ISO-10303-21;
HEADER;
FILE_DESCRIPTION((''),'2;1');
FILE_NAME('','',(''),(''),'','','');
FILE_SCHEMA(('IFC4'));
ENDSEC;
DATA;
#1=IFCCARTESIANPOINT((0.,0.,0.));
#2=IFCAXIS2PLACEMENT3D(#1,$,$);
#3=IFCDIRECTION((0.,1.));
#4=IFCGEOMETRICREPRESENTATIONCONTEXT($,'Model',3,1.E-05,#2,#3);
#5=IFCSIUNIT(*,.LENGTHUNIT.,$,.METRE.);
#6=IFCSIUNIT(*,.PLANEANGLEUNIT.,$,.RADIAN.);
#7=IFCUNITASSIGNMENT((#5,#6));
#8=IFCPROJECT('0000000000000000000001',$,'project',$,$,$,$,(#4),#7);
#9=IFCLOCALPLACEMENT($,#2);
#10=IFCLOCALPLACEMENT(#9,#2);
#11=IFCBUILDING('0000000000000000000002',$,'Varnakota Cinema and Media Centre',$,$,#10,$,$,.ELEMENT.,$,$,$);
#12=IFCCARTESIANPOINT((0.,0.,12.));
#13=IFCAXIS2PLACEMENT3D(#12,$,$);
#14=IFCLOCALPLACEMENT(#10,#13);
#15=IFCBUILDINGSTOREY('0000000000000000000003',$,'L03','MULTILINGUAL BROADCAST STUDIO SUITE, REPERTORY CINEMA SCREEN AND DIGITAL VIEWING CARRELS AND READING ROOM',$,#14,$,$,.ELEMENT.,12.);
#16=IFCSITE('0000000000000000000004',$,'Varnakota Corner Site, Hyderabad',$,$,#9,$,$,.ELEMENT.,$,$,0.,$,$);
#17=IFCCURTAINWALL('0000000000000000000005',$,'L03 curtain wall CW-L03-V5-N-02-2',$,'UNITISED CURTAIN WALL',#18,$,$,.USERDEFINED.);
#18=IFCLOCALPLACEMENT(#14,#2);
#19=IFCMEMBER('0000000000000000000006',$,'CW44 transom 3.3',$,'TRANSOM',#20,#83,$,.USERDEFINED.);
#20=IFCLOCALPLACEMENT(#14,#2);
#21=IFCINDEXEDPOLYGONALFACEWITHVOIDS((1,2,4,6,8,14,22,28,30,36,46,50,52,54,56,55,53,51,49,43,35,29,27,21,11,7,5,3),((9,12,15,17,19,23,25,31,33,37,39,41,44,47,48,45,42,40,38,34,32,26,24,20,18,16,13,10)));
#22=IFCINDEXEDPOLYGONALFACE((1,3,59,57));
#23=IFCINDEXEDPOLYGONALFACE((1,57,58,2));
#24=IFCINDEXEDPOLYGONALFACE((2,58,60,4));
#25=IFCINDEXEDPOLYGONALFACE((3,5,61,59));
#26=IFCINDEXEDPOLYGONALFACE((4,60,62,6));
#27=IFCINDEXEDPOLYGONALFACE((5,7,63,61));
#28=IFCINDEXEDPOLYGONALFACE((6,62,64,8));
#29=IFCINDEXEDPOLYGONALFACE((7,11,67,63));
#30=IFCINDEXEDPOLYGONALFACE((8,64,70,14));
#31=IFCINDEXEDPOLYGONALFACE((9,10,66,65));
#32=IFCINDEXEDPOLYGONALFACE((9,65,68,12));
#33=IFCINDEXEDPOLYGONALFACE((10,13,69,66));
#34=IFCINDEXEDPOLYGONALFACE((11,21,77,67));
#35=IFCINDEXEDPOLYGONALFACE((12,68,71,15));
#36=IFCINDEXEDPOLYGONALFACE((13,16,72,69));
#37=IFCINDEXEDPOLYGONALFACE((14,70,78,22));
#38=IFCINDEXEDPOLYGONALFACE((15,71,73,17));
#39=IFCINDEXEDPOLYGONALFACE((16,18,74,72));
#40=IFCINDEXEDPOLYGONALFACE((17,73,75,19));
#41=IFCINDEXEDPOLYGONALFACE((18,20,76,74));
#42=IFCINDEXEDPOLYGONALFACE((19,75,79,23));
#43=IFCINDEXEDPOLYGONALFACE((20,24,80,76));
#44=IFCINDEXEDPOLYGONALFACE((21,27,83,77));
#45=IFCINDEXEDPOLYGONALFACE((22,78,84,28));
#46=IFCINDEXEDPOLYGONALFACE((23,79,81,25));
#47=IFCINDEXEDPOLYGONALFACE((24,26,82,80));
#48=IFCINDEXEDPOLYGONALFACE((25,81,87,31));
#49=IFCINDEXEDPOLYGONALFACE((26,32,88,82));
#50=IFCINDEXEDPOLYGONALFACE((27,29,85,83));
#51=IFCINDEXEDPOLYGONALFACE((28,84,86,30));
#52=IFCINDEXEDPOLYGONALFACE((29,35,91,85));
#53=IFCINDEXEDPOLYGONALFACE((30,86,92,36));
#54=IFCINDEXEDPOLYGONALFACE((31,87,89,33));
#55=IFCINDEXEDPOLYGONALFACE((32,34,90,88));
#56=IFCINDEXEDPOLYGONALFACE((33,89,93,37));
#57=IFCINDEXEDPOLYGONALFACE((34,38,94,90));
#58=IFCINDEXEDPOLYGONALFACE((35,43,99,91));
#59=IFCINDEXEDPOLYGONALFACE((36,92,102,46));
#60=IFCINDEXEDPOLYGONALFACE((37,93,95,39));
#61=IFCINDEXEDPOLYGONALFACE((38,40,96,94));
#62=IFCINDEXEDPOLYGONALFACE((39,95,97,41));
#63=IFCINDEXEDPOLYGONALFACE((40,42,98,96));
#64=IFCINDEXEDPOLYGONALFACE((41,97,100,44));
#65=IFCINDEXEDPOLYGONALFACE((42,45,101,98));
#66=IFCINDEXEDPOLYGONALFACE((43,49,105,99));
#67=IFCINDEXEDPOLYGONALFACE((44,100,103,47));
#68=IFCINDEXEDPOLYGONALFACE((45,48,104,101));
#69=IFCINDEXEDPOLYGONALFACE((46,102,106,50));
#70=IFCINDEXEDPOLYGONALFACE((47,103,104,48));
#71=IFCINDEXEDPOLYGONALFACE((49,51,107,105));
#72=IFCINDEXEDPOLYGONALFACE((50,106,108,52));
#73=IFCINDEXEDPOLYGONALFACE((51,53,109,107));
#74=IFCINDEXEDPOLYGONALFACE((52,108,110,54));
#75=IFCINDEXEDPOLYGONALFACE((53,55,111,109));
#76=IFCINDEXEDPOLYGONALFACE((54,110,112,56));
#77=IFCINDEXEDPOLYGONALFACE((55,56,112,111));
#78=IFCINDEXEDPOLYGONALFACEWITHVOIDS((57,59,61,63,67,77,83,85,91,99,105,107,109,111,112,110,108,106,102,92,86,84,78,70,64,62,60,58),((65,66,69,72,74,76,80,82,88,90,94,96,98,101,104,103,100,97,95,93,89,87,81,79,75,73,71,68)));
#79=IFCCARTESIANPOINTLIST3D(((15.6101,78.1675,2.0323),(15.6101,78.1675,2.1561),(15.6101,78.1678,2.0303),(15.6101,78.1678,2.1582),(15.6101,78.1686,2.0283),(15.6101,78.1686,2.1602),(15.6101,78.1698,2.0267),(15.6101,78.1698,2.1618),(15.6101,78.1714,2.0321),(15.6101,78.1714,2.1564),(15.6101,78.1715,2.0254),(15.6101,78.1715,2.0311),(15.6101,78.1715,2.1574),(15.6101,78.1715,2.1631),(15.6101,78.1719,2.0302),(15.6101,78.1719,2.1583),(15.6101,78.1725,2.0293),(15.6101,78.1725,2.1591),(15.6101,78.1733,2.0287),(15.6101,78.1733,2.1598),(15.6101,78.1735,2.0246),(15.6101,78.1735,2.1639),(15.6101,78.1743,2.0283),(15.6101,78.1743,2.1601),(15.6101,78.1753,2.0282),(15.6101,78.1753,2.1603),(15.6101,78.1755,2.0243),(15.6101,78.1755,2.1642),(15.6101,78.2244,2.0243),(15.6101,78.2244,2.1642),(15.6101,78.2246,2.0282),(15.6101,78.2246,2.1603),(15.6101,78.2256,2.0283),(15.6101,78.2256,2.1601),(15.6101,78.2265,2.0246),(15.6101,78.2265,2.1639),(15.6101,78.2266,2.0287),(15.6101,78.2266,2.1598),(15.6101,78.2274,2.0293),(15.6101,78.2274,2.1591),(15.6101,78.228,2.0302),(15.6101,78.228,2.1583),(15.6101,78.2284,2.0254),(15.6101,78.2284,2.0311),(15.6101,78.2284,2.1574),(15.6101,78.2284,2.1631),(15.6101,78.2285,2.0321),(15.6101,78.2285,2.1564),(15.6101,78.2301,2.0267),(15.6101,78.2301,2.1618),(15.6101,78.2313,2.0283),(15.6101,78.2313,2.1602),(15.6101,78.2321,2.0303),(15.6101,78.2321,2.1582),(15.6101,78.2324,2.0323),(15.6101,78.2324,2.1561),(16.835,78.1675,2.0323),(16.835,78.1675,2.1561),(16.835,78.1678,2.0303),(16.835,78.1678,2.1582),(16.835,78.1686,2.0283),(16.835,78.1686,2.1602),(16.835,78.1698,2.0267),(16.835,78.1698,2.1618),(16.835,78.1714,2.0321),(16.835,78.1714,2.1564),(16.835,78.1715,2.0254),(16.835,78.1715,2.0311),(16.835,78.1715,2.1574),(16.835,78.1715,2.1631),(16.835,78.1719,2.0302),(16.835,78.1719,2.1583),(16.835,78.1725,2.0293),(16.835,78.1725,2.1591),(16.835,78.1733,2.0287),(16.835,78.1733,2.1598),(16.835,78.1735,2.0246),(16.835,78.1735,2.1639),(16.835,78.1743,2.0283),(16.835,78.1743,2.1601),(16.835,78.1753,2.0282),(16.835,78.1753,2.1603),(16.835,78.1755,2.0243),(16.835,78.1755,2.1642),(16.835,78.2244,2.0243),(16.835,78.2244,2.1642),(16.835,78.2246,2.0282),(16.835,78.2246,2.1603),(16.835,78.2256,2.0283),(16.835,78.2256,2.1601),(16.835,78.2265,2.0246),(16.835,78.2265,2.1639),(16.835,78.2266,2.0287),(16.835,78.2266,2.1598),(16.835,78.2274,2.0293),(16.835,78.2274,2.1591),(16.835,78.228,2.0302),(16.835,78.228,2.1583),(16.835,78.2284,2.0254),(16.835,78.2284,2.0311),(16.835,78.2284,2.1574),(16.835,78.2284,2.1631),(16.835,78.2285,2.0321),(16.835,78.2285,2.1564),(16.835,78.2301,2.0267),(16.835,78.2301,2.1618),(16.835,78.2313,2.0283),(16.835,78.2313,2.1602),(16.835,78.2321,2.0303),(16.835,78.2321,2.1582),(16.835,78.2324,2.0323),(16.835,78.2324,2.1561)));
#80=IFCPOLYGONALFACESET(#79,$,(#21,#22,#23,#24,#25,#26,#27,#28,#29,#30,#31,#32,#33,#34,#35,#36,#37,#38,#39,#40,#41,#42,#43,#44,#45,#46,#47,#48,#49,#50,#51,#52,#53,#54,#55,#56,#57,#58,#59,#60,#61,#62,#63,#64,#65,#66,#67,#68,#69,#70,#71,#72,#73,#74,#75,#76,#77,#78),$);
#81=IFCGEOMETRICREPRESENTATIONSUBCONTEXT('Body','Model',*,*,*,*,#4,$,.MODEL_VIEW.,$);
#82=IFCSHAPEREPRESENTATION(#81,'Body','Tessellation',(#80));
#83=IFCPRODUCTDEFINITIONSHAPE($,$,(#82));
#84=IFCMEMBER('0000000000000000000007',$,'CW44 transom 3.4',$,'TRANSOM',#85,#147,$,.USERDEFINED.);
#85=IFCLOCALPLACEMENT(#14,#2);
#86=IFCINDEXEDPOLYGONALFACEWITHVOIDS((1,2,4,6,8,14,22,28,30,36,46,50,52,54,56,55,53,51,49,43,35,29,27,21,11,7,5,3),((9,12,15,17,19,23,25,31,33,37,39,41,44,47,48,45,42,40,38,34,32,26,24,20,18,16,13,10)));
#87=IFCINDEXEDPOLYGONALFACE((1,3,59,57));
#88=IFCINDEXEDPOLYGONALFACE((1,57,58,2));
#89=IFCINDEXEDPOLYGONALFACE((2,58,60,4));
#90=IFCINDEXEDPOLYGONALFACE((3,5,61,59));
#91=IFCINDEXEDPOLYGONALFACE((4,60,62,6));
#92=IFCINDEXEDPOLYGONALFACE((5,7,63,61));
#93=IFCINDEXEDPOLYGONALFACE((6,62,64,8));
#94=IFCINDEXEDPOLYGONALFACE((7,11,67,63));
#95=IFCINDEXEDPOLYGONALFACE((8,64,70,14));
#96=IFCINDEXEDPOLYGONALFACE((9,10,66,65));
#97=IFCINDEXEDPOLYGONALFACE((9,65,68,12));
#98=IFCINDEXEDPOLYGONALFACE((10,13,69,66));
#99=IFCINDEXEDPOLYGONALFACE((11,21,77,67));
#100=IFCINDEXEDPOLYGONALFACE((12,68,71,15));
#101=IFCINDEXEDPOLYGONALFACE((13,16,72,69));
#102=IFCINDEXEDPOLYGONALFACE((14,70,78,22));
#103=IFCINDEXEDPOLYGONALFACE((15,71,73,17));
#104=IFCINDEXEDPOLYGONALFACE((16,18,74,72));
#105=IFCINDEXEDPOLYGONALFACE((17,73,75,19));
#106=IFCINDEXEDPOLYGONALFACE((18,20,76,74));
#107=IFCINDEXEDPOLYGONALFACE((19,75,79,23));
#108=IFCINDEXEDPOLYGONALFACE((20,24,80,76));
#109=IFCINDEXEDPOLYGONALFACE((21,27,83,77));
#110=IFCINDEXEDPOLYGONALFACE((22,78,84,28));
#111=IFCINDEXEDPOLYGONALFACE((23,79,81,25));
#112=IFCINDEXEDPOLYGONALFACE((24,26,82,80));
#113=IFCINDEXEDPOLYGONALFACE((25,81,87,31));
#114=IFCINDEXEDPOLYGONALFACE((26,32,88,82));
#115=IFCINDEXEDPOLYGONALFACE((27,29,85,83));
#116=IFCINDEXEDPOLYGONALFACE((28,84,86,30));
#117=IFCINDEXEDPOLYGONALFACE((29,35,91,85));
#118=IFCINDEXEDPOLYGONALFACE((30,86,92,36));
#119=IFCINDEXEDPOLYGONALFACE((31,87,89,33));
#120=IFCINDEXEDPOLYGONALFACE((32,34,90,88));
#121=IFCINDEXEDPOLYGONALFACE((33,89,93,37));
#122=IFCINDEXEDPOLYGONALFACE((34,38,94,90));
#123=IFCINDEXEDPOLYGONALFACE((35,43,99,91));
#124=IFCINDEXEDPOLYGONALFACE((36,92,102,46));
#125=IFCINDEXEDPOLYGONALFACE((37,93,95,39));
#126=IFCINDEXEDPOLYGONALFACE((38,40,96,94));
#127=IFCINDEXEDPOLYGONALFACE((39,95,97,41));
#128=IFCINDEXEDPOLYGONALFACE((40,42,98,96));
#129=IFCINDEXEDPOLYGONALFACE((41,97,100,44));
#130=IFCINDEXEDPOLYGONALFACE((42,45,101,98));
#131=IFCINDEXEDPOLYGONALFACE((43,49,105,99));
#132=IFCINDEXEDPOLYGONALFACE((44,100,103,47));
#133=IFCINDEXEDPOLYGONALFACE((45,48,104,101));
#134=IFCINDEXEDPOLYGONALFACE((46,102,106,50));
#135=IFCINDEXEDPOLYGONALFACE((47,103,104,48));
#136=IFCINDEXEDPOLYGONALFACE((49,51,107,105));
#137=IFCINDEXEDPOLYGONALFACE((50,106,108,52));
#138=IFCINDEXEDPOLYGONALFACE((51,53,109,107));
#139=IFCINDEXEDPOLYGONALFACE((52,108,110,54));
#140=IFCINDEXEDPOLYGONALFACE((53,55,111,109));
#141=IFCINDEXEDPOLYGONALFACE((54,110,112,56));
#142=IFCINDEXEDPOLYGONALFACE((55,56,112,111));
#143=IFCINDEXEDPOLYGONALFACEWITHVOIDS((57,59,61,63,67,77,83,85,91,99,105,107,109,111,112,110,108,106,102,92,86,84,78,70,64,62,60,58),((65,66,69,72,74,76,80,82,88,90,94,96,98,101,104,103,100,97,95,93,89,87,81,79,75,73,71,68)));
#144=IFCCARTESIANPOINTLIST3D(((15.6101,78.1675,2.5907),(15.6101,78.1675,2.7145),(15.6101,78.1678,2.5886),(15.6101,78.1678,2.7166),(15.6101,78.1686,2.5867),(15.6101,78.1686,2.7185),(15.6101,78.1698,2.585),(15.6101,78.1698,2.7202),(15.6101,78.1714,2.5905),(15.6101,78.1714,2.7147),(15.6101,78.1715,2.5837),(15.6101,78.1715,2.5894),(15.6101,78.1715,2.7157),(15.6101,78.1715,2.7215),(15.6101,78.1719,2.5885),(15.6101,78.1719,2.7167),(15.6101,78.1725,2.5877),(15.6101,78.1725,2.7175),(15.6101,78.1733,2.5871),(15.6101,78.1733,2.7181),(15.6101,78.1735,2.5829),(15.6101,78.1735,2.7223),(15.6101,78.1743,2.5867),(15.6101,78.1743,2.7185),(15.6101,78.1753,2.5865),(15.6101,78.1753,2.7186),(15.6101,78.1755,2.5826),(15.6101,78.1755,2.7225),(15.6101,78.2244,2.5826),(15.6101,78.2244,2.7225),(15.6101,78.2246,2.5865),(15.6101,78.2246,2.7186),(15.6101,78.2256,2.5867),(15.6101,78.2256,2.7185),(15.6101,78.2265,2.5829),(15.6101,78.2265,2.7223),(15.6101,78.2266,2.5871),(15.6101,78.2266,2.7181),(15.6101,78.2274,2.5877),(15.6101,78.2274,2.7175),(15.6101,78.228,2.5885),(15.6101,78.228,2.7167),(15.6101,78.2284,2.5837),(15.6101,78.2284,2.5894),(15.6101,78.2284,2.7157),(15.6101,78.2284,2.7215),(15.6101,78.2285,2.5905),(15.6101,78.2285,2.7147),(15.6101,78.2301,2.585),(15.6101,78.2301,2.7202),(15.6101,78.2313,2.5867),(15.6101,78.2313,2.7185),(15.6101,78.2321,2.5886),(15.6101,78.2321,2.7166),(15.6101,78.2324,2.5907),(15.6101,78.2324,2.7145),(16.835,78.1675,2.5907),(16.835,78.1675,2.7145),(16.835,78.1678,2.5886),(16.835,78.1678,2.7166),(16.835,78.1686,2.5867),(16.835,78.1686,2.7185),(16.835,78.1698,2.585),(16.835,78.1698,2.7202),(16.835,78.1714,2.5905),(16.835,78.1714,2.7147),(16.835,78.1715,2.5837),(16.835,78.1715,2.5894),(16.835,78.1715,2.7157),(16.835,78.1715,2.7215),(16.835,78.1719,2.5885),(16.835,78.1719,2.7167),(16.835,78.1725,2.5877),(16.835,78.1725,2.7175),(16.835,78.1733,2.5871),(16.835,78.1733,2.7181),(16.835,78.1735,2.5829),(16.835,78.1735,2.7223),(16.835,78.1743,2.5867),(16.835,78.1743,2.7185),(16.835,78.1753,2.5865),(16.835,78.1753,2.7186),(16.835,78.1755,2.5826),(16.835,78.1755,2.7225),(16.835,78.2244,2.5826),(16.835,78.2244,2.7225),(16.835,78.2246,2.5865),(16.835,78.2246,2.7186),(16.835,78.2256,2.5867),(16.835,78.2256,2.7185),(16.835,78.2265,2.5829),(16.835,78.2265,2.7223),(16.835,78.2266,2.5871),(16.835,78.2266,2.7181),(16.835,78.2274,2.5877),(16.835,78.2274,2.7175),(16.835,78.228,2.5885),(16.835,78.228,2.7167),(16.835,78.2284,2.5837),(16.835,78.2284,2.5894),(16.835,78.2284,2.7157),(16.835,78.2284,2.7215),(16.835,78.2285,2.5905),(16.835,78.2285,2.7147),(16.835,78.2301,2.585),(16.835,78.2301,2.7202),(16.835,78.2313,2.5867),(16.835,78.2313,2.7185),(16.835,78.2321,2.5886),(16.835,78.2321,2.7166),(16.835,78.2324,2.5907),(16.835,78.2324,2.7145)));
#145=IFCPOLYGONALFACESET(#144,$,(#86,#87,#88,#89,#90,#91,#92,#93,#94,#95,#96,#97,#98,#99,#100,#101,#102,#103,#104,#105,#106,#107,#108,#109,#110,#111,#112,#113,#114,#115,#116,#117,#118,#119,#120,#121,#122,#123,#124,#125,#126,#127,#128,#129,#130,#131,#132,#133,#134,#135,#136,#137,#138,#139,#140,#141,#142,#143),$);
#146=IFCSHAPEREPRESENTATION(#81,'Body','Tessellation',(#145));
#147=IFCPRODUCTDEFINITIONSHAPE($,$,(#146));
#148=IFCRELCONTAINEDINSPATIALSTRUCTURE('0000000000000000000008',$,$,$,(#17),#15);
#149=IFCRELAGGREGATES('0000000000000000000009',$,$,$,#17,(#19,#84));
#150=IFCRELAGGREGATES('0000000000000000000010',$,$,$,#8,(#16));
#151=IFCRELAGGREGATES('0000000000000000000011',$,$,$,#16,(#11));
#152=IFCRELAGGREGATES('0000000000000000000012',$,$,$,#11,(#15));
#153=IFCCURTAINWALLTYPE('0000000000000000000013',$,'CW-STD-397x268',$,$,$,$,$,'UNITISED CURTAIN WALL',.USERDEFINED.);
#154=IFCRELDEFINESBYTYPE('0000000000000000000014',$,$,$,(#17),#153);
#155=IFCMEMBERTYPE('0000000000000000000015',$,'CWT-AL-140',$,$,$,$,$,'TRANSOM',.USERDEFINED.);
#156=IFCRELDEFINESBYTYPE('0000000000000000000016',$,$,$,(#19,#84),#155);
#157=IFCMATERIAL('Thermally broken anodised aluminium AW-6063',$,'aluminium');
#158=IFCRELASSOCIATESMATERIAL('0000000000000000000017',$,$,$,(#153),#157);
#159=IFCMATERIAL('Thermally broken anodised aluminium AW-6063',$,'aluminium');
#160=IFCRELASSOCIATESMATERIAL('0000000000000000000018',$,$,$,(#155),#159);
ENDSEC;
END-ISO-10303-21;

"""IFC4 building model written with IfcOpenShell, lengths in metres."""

from ifc_helpers import new_model, si_unit, direction, frame, origin, origin_2d, place, context, subcontext, project, spatial, hollow_rectangle, extrude, material, material_profile, profile_set, type_object, element, aggregate, save


model = new_model("IFC4")

# Units and contexts
model_context = context("Model", 3, precision=1e-05, world=origin(), true_north=direction((0.0, 1.0)))
body_context = subcontext(model_context, "Body", "Model", "MODEL_VIEW")
ifc_project = project(units=[si_unit("LENGTHUNIT", "METRE"), si_unit("PLANEANGLEUNIT", "RADIAN")], contexts=[model_context])

# Site, building, storey
site_placement = place(None, origin())
site = spatial("IfcSite", under=ifc_project, at=site_placement, Name="Varnakota Corner Site, Hyderabad", CompositionType="ELEMENT", RefElevation=0.0)
building_placement = place(site_placement, origin())
building = spatial("IfcBuilding", under=site, at=building_placement, Name="Varnakota Cinema and Media Centre", CompositionType="ELEMENT")
storey_placement = place(building_placement, frame((0.0, 0.0, 12.0)))
storey = spatial("IfcBuildingStorey", under=building, at=storey_placement, Name="L03", Description="MULTILINGUAL BROADCAST STUDIO SUITE, REPERTORY CINEMA SCREEN AND DIGITAL VIEWING CARRELS AND READING ROOM", CompositionType="ELEMENT", Elevation=12.0)

# Curtain wall
ifc_material_1 = material(Name="Thermally broken anodised aluminium AW-6063", Category="aluminium")
curtain_wall_type_1 = type_object("IfcCurtainWallType", Name="CW-STD-397x268", ElementType="UNITISED CURTAIN WALL", PredefinedType="USERDEFINED", material=ifc_material_1)
curtain_wall_1_placement = place(storey_placement, origin())
curtain_wall_1 = element("IfcCurtainWall", 1, at=curtain_wall_1_placement, inside=storey, type_object=curtain_wall_type_1, Name="L03 curtain wall CW-L03-V5-N-02-2", ObjectType="UNITISED CURTAIN WALL", PredefinedType="USERDEFINED")

# Members
ifc_material_2 = material(Name="Thermally broken anodised aluminium AW-6063", Category="aluminium")
ifc_material_profile_1 = material_profile(ifc_material_2, hollow_rectangle(XDim=0.0649, YDim=0.1399, WallThickness=0.0039, InnerFilletRadius=0.0039, OuterFilletRadius=0.0081, at=origin_2d()), Name="AL-TRANSOM 140x65x4")
ifc_profile_set_1 = profile_set([ifc_material_profile_1], Name="Thermally broken anodised aluminium AW-6063")
member_type_1 = type_object("IfcMemberType", Name="CWT-AL-140", ElementType="TRANSOM", PredefinedType="USERDEFINED", material=ifc_profile_set_1)
member_1_placement = place(storey_placement, frame((15.6101, 78.2, 2.0942), z_axis=(1.0, 0.0, 0.0), x_axis=(0.0, 1.0, 0.0)))
member_1 = element("IfcMember", 2, at=member_1_placement, type_object=member_type_1, Name="CW44 transom 3.3", ObjectType="TRANSOM", PredefinedType="USERDEFINED", context=body_context, shape_type="SweptSolid", body=[
    extrude(hollow_rectangle(XDim=0.0649, YDim=0.1399, WallThickness=0.0039, InnerFilletRadius=0.0039, OuterFilletRadius=0.0081, at=origin_2d()), origin(), (0.0, 0.0, 1.0), 1.2249),
])
member_2_placement = place(storey_placement, frame((15.6101, 78.2, 2.6526), z_axis=(1.0, 0.0, 0.0), x_axis=(0.0, 1.0, 0.0)))
member_2 = element("IfcMember", 3, at=member_2_placement, type_object=member_type_1, Name="CW44 transom 3.4", ObjectType="TRANSOM", PredefinedType="USERDEFINED", context=body_context, shape_type="SweptSolid", body=[
    extrude(hollow_rectangle(XDim=0.0649, YDim=0.1399, WallThickness=0.0039, InnerFilletRadius=0.0039, OuterFilletRadius=0.0081, at=origin_2d()), origin(), (0.0, 0.0, 1.0), 1.2249),
])

aggregate(curtain_wall_1, [member_1, member_2])

save(model, "model.ifc")
